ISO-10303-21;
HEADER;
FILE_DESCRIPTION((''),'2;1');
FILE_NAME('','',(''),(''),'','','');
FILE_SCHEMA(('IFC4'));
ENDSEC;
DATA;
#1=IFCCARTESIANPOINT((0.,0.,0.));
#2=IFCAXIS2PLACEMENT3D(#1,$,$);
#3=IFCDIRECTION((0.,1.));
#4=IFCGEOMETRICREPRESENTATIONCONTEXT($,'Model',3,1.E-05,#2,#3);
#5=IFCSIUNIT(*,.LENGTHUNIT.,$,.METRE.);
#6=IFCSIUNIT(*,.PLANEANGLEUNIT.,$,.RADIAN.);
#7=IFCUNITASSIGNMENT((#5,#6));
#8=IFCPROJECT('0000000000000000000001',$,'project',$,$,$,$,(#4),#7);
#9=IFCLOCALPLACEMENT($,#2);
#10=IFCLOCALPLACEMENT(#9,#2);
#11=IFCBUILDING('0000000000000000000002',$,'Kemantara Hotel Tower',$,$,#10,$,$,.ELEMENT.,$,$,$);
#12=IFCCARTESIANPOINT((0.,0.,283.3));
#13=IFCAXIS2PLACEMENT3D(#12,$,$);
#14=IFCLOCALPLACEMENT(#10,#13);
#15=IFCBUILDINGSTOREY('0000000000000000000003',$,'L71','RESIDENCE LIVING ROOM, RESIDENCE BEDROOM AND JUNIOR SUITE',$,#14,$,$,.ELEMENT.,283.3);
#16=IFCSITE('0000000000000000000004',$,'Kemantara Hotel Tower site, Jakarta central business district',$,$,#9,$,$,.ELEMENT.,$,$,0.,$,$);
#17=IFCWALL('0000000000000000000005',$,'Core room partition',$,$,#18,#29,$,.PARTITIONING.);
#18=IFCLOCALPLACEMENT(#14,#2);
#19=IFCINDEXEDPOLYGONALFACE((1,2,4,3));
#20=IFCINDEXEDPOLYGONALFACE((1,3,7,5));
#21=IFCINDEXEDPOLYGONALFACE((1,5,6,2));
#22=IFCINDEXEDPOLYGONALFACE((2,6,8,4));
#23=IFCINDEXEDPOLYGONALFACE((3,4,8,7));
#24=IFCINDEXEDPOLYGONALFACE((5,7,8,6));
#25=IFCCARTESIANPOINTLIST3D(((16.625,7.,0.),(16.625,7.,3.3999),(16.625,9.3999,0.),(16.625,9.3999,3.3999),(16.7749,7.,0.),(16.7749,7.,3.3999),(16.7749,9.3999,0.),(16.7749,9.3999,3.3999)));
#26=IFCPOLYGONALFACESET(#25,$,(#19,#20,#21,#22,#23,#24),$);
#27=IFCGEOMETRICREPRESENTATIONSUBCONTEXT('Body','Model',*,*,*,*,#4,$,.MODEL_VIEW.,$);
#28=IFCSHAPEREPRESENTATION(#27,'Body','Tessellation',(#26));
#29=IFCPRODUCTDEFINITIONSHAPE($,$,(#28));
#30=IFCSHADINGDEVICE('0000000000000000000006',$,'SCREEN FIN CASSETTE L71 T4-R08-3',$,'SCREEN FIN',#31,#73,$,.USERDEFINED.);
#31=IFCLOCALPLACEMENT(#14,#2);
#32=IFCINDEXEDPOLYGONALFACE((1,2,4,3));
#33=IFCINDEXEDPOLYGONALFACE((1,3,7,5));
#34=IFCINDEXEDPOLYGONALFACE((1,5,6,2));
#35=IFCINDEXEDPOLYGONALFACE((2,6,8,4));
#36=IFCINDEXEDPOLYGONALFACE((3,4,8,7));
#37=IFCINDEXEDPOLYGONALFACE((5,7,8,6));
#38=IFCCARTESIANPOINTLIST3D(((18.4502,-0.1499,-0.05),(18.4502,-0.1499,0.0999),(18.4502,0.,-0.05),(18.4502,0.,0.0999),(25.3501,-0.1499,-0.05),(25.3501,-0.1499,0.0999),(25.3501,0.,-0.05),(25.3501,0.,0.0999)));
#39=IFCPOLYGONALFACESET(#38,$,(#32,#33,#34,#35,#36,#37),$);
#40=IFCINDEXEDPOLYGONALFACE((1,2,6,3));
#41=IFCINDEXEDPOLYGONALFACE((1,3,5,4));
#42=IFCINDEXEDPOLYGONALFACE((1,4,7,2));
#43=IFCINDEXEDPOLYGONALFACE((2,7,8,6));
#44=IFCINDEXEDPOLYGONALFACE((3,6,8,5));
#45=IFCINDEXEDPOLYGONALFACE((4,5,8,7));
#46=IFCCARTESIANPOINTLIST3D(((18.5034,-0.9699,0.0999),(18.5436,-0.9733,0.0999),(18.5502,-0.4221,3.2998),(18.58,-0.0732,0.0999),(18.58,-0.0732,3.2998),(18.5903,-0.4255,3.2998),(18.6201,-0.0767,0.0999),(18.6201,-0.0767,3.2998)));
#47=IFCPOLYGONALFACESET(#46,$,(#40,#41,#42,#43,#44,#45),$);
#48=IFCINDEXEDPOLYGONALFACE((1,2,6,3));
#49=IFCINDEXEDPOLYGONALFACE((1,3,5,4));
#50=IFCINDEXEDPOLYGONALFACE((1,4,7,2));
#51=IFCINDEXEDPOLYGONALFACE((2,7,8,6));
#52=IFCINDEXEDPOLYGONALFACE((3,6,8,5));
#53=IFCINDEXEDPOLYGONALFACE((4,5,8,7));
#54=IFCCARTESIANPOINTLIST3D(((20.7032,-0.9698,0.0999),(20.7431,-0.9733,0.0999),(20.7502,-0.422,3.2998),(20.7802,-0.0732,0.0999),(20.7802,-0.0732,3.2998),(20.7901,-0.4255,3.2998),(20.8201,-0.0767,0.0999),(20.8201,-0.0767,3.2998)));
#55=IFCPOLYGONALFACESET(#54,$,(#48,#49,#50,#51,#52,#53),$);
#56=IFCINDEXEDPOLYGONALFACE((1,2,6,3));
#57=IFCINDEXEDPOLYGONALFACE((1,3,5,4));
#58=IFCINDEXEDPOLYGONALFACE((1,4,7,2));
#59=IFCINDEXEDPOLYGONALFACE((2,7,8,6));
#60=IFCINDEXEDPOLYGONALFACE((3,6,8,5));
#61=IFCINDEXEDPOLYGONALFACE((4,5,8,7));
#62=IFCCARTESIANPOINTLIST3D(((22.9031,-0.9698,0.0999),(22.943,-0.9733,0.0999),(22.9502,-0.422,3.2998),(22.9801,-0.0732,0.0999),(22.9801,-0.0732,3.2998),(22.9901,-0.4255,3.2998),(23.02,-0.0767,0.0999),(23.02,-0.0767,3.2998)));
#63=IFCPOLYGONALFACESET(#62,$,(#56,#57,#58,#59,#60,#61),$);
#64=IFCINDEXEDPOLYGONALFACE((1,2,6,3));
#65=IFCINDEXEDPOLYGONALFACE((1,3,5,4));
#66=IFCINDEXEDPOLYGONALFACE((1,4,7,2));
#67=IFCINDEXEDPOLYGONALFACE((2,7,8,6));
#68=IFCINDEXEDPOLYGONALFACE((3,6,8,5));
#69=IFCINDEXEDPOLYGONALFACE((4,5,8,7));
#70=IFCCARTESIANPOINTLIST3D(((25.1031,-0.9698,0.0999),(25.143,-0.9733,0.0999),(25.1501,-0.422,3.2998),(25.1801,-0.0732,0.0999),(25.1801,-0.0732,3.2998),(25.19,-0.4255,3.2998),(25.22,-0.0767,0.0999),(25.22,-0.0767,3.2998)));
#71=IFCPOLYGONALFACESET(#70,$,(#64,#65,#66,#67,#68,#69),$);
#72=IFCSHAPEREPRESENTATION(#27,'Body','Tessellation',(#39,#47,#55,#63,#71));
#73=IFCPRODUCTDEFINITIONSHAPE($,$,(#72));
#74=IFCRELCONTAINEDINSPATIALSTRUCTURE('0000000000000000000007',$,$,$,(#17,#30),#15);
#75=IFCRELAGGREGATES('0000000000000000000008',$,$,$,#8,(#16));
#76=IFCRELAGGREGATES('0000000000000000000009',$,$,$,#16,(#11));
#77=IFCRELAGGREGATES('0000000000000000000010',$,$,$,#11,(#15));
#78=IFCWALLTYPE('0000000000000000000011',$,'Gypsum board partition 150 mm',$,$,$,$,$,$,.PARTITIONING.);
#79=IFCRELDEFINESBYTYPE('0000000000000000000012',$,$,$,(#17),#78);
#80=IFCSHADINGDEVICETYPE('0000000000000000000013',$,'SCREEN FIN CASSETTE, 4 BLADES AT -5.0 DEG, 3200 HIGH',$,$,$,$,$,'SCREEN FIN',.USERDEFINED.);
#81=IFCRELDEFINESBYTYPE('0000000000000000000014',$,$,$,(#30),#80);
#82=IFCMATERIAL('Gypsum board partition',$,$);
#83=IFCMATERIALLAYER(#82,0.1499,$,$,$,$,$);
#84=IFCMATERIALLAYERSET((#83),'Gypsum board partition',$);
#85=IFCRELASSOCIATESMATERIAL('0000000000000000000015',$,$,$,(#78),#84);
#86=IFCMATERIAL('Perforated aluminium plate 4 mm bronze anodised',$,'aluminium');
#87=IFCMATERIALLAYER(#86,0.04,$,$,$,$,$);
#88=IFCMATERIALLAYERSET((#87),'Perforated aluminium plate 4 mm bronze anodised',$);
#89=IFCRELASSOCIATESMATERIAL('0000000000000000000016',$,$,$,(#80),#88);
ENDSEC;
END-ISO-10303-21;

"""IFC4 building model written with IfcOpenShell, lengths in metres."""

from ifc_helpers import new_model, si_unit, direction, frame, frame_2d, origin, origin_2d, place, context, subcontext, project, spatial, polyline, rectangle, outline, extrude, source, transform, mapped, material, layer, layer_set, type_object, element, save


model = new_model("IFC4")

# Units and contexts
model_context = context("Model", 3, precision=1e-05, world=origin(), true_north=direction((0.0, 1.0)))
body_context = subcontext(model_context, "Body", "Model", "MODEL_VIEW")
ifc_project = project(units=[si_unit("LENGTHUNIT", "METRE"), si_unit("PLANEANGLEUNIT", "RADIAN")], contexts=[model_context])

# Site, building, storey
site_placement = place(None, origin())
site = spatial("IfcSite", under=ifc_project, at=site_placement, Name="Kemantara Hotel Tower site, Jakarta central business district", CompositionType="ELEMENT", RefElevation=0.0)
building_placement = place(site_placement, origin())
building = spatial("IfcBuilding", under=site, at=building_placement, Name="Kemantara Hotel Tower", CompositionType="ELEMENT")
storey_placement = place(building_placement, frame((0.0, 0.0, 283.3)))
storey = spatial("IfcBuildingStorey", under=building, at=storey_placement, Name="L71", Description="RESIDENCE LIVING ROOM, RESIDENCE BEDROOM AND JUNIOR SUITE", CompositionType="ELEMENT", Elevation=283.3)

# Wall
ifc_material_1 = material(Name="Gypsum board partition")
ifc_layer_1 = layer(ifc_material_1, 0.1499)
ifc_layer_set_1 = layer_set([ifc_layer_1], Name="Gypsum board partition")
wall_type_1 = type_object("IfcWallType", Name="Gypsum board partition 150 mm", PredefinedType="PARTITIONING", material=ifc_layer_set_1)
wall_1_placement = place(storey_placement, frame((16.7, 7.0, 0.0), z_axis=(0.0, 0.0, 1.0), x_axis=(0.0, 1.0, 0.0)))
element("IfcWall", 1, at=wall_1_placement, inside=storey, type_object=wall_type_1, Name="Core room partition", PredefinedType="PARTITIONING", context=body_context, shape_type="SweptSolid", body=[
    extrude(rectangle(XDim=2.3999, YDim=0.1499, at=frame_2d((1.2, 0.0))), origin(), (0.0, 0.0, 1.0), 3.3999),
])

# Shading device
ifc_material_2 = material(Name="Perforated aluminium plate 4 mm bronze anodised", Category="aluminium")
ifc_layer_2 = layer(ifc_material_2, 0.04)
ifc_layer_set_2 = layer_set([ifc_layer_2], Name="Perforated aluminium plate 4 mm bronze anodised")
shading_device_type = type_object("IfcShadingDeviceType", Name="SCREEN FIN CASSETTE, 4 BLADES AT -5.0 DEG, 3200 HIGH", ElementType="SCREEN FIN", PredefinedType="USERDEFINED", material=ifc_layer_set_2)
shared_shape = source(origin(), body_context, "Body", "SweptSolid", [
    extrude(rectangle(XDim=6.8999, YDim=0.1499, at=origin_2d()), frame((3.3, -0.075, -0.1499), z_axis=(0.0, 0.0, 1.0), x_axis=(1.0, 0.0, 0.0)), (0.0, 0.0, 1.0), 0.1499),
    extrude(outline(polyline([(0.0, 0.0), (0.8999, 0.0), (0.3501, 3.2), (0.0, 3.2), (0.0, 0.0)])), frame((0.02, -0.0767, 0.0), z_axis=(-0.996376, 0.085056, 0.0), x_axis=(-0.085056, -0.996376, 0.0)), (0.0, 0.0, 1.0), 0.0403),
    extrude(outline(polyline([(0.0, 0.0), (0.8999, 0.0), (0.3501, 3.2), (0.0, 3.2), (0.0, 0.0)])), frame((2.22, -0.0767, 0.0), z_axis=(-0.996332, 0.085575, 0.0), x_axis=(-0.085575, -0.996332, 0.0)), (0.0, 0.0, 1.0), 0.04),
    extrude(outline(polyline([(0.0, 0.0), (0.8999, 0.0), (0.3501, 3.2), (0.0, 3.2), (0.0, 0.0)])), frame((4.4199, -0.0767, 0.0), z_axis=(-0.996332, 0.085575, 0.0), x_axis=(-0.085575, -0.996332, 0.0)), (0.0, 0.0, 1.0), 0.04),
    extrude(outline(polyline([(0.0, 0.0), (0.8999, 0.0), (0.3501, 3.2), (0.0, 3.2), (0.0, 0.0)])), frame((6.6199, -0.0767, 0.0), z_axis=(-0.996332, 0.085575, 0.0), x_axis=(-0.085575, -0.996332, 0.0)), (0.0, 0.0, 1.0), 0.04),
])
shading_device_placement = place(storey_placement, frame((18.6001, 0.0, 0.0999), z_axis=(0.0, 0.0, 1.0), x_axis=(1.0, 0.0, 0.0)))
element("IfcShadingDevice", 2, at=shading_device_placement, inside=storey, type_object=shading_device_type, Name="SCREEN FIN CASSETTE L71 T4-R08-3", ObjectType="SCREEN FIN", PredefinedType="USERDEFINED", context=body_context, shape_type="MappedRepresentation", body=[
    mapped(shared_shape, transform((0.0, 0.0, 0.0))),
])

save(model, "model.ifc")
